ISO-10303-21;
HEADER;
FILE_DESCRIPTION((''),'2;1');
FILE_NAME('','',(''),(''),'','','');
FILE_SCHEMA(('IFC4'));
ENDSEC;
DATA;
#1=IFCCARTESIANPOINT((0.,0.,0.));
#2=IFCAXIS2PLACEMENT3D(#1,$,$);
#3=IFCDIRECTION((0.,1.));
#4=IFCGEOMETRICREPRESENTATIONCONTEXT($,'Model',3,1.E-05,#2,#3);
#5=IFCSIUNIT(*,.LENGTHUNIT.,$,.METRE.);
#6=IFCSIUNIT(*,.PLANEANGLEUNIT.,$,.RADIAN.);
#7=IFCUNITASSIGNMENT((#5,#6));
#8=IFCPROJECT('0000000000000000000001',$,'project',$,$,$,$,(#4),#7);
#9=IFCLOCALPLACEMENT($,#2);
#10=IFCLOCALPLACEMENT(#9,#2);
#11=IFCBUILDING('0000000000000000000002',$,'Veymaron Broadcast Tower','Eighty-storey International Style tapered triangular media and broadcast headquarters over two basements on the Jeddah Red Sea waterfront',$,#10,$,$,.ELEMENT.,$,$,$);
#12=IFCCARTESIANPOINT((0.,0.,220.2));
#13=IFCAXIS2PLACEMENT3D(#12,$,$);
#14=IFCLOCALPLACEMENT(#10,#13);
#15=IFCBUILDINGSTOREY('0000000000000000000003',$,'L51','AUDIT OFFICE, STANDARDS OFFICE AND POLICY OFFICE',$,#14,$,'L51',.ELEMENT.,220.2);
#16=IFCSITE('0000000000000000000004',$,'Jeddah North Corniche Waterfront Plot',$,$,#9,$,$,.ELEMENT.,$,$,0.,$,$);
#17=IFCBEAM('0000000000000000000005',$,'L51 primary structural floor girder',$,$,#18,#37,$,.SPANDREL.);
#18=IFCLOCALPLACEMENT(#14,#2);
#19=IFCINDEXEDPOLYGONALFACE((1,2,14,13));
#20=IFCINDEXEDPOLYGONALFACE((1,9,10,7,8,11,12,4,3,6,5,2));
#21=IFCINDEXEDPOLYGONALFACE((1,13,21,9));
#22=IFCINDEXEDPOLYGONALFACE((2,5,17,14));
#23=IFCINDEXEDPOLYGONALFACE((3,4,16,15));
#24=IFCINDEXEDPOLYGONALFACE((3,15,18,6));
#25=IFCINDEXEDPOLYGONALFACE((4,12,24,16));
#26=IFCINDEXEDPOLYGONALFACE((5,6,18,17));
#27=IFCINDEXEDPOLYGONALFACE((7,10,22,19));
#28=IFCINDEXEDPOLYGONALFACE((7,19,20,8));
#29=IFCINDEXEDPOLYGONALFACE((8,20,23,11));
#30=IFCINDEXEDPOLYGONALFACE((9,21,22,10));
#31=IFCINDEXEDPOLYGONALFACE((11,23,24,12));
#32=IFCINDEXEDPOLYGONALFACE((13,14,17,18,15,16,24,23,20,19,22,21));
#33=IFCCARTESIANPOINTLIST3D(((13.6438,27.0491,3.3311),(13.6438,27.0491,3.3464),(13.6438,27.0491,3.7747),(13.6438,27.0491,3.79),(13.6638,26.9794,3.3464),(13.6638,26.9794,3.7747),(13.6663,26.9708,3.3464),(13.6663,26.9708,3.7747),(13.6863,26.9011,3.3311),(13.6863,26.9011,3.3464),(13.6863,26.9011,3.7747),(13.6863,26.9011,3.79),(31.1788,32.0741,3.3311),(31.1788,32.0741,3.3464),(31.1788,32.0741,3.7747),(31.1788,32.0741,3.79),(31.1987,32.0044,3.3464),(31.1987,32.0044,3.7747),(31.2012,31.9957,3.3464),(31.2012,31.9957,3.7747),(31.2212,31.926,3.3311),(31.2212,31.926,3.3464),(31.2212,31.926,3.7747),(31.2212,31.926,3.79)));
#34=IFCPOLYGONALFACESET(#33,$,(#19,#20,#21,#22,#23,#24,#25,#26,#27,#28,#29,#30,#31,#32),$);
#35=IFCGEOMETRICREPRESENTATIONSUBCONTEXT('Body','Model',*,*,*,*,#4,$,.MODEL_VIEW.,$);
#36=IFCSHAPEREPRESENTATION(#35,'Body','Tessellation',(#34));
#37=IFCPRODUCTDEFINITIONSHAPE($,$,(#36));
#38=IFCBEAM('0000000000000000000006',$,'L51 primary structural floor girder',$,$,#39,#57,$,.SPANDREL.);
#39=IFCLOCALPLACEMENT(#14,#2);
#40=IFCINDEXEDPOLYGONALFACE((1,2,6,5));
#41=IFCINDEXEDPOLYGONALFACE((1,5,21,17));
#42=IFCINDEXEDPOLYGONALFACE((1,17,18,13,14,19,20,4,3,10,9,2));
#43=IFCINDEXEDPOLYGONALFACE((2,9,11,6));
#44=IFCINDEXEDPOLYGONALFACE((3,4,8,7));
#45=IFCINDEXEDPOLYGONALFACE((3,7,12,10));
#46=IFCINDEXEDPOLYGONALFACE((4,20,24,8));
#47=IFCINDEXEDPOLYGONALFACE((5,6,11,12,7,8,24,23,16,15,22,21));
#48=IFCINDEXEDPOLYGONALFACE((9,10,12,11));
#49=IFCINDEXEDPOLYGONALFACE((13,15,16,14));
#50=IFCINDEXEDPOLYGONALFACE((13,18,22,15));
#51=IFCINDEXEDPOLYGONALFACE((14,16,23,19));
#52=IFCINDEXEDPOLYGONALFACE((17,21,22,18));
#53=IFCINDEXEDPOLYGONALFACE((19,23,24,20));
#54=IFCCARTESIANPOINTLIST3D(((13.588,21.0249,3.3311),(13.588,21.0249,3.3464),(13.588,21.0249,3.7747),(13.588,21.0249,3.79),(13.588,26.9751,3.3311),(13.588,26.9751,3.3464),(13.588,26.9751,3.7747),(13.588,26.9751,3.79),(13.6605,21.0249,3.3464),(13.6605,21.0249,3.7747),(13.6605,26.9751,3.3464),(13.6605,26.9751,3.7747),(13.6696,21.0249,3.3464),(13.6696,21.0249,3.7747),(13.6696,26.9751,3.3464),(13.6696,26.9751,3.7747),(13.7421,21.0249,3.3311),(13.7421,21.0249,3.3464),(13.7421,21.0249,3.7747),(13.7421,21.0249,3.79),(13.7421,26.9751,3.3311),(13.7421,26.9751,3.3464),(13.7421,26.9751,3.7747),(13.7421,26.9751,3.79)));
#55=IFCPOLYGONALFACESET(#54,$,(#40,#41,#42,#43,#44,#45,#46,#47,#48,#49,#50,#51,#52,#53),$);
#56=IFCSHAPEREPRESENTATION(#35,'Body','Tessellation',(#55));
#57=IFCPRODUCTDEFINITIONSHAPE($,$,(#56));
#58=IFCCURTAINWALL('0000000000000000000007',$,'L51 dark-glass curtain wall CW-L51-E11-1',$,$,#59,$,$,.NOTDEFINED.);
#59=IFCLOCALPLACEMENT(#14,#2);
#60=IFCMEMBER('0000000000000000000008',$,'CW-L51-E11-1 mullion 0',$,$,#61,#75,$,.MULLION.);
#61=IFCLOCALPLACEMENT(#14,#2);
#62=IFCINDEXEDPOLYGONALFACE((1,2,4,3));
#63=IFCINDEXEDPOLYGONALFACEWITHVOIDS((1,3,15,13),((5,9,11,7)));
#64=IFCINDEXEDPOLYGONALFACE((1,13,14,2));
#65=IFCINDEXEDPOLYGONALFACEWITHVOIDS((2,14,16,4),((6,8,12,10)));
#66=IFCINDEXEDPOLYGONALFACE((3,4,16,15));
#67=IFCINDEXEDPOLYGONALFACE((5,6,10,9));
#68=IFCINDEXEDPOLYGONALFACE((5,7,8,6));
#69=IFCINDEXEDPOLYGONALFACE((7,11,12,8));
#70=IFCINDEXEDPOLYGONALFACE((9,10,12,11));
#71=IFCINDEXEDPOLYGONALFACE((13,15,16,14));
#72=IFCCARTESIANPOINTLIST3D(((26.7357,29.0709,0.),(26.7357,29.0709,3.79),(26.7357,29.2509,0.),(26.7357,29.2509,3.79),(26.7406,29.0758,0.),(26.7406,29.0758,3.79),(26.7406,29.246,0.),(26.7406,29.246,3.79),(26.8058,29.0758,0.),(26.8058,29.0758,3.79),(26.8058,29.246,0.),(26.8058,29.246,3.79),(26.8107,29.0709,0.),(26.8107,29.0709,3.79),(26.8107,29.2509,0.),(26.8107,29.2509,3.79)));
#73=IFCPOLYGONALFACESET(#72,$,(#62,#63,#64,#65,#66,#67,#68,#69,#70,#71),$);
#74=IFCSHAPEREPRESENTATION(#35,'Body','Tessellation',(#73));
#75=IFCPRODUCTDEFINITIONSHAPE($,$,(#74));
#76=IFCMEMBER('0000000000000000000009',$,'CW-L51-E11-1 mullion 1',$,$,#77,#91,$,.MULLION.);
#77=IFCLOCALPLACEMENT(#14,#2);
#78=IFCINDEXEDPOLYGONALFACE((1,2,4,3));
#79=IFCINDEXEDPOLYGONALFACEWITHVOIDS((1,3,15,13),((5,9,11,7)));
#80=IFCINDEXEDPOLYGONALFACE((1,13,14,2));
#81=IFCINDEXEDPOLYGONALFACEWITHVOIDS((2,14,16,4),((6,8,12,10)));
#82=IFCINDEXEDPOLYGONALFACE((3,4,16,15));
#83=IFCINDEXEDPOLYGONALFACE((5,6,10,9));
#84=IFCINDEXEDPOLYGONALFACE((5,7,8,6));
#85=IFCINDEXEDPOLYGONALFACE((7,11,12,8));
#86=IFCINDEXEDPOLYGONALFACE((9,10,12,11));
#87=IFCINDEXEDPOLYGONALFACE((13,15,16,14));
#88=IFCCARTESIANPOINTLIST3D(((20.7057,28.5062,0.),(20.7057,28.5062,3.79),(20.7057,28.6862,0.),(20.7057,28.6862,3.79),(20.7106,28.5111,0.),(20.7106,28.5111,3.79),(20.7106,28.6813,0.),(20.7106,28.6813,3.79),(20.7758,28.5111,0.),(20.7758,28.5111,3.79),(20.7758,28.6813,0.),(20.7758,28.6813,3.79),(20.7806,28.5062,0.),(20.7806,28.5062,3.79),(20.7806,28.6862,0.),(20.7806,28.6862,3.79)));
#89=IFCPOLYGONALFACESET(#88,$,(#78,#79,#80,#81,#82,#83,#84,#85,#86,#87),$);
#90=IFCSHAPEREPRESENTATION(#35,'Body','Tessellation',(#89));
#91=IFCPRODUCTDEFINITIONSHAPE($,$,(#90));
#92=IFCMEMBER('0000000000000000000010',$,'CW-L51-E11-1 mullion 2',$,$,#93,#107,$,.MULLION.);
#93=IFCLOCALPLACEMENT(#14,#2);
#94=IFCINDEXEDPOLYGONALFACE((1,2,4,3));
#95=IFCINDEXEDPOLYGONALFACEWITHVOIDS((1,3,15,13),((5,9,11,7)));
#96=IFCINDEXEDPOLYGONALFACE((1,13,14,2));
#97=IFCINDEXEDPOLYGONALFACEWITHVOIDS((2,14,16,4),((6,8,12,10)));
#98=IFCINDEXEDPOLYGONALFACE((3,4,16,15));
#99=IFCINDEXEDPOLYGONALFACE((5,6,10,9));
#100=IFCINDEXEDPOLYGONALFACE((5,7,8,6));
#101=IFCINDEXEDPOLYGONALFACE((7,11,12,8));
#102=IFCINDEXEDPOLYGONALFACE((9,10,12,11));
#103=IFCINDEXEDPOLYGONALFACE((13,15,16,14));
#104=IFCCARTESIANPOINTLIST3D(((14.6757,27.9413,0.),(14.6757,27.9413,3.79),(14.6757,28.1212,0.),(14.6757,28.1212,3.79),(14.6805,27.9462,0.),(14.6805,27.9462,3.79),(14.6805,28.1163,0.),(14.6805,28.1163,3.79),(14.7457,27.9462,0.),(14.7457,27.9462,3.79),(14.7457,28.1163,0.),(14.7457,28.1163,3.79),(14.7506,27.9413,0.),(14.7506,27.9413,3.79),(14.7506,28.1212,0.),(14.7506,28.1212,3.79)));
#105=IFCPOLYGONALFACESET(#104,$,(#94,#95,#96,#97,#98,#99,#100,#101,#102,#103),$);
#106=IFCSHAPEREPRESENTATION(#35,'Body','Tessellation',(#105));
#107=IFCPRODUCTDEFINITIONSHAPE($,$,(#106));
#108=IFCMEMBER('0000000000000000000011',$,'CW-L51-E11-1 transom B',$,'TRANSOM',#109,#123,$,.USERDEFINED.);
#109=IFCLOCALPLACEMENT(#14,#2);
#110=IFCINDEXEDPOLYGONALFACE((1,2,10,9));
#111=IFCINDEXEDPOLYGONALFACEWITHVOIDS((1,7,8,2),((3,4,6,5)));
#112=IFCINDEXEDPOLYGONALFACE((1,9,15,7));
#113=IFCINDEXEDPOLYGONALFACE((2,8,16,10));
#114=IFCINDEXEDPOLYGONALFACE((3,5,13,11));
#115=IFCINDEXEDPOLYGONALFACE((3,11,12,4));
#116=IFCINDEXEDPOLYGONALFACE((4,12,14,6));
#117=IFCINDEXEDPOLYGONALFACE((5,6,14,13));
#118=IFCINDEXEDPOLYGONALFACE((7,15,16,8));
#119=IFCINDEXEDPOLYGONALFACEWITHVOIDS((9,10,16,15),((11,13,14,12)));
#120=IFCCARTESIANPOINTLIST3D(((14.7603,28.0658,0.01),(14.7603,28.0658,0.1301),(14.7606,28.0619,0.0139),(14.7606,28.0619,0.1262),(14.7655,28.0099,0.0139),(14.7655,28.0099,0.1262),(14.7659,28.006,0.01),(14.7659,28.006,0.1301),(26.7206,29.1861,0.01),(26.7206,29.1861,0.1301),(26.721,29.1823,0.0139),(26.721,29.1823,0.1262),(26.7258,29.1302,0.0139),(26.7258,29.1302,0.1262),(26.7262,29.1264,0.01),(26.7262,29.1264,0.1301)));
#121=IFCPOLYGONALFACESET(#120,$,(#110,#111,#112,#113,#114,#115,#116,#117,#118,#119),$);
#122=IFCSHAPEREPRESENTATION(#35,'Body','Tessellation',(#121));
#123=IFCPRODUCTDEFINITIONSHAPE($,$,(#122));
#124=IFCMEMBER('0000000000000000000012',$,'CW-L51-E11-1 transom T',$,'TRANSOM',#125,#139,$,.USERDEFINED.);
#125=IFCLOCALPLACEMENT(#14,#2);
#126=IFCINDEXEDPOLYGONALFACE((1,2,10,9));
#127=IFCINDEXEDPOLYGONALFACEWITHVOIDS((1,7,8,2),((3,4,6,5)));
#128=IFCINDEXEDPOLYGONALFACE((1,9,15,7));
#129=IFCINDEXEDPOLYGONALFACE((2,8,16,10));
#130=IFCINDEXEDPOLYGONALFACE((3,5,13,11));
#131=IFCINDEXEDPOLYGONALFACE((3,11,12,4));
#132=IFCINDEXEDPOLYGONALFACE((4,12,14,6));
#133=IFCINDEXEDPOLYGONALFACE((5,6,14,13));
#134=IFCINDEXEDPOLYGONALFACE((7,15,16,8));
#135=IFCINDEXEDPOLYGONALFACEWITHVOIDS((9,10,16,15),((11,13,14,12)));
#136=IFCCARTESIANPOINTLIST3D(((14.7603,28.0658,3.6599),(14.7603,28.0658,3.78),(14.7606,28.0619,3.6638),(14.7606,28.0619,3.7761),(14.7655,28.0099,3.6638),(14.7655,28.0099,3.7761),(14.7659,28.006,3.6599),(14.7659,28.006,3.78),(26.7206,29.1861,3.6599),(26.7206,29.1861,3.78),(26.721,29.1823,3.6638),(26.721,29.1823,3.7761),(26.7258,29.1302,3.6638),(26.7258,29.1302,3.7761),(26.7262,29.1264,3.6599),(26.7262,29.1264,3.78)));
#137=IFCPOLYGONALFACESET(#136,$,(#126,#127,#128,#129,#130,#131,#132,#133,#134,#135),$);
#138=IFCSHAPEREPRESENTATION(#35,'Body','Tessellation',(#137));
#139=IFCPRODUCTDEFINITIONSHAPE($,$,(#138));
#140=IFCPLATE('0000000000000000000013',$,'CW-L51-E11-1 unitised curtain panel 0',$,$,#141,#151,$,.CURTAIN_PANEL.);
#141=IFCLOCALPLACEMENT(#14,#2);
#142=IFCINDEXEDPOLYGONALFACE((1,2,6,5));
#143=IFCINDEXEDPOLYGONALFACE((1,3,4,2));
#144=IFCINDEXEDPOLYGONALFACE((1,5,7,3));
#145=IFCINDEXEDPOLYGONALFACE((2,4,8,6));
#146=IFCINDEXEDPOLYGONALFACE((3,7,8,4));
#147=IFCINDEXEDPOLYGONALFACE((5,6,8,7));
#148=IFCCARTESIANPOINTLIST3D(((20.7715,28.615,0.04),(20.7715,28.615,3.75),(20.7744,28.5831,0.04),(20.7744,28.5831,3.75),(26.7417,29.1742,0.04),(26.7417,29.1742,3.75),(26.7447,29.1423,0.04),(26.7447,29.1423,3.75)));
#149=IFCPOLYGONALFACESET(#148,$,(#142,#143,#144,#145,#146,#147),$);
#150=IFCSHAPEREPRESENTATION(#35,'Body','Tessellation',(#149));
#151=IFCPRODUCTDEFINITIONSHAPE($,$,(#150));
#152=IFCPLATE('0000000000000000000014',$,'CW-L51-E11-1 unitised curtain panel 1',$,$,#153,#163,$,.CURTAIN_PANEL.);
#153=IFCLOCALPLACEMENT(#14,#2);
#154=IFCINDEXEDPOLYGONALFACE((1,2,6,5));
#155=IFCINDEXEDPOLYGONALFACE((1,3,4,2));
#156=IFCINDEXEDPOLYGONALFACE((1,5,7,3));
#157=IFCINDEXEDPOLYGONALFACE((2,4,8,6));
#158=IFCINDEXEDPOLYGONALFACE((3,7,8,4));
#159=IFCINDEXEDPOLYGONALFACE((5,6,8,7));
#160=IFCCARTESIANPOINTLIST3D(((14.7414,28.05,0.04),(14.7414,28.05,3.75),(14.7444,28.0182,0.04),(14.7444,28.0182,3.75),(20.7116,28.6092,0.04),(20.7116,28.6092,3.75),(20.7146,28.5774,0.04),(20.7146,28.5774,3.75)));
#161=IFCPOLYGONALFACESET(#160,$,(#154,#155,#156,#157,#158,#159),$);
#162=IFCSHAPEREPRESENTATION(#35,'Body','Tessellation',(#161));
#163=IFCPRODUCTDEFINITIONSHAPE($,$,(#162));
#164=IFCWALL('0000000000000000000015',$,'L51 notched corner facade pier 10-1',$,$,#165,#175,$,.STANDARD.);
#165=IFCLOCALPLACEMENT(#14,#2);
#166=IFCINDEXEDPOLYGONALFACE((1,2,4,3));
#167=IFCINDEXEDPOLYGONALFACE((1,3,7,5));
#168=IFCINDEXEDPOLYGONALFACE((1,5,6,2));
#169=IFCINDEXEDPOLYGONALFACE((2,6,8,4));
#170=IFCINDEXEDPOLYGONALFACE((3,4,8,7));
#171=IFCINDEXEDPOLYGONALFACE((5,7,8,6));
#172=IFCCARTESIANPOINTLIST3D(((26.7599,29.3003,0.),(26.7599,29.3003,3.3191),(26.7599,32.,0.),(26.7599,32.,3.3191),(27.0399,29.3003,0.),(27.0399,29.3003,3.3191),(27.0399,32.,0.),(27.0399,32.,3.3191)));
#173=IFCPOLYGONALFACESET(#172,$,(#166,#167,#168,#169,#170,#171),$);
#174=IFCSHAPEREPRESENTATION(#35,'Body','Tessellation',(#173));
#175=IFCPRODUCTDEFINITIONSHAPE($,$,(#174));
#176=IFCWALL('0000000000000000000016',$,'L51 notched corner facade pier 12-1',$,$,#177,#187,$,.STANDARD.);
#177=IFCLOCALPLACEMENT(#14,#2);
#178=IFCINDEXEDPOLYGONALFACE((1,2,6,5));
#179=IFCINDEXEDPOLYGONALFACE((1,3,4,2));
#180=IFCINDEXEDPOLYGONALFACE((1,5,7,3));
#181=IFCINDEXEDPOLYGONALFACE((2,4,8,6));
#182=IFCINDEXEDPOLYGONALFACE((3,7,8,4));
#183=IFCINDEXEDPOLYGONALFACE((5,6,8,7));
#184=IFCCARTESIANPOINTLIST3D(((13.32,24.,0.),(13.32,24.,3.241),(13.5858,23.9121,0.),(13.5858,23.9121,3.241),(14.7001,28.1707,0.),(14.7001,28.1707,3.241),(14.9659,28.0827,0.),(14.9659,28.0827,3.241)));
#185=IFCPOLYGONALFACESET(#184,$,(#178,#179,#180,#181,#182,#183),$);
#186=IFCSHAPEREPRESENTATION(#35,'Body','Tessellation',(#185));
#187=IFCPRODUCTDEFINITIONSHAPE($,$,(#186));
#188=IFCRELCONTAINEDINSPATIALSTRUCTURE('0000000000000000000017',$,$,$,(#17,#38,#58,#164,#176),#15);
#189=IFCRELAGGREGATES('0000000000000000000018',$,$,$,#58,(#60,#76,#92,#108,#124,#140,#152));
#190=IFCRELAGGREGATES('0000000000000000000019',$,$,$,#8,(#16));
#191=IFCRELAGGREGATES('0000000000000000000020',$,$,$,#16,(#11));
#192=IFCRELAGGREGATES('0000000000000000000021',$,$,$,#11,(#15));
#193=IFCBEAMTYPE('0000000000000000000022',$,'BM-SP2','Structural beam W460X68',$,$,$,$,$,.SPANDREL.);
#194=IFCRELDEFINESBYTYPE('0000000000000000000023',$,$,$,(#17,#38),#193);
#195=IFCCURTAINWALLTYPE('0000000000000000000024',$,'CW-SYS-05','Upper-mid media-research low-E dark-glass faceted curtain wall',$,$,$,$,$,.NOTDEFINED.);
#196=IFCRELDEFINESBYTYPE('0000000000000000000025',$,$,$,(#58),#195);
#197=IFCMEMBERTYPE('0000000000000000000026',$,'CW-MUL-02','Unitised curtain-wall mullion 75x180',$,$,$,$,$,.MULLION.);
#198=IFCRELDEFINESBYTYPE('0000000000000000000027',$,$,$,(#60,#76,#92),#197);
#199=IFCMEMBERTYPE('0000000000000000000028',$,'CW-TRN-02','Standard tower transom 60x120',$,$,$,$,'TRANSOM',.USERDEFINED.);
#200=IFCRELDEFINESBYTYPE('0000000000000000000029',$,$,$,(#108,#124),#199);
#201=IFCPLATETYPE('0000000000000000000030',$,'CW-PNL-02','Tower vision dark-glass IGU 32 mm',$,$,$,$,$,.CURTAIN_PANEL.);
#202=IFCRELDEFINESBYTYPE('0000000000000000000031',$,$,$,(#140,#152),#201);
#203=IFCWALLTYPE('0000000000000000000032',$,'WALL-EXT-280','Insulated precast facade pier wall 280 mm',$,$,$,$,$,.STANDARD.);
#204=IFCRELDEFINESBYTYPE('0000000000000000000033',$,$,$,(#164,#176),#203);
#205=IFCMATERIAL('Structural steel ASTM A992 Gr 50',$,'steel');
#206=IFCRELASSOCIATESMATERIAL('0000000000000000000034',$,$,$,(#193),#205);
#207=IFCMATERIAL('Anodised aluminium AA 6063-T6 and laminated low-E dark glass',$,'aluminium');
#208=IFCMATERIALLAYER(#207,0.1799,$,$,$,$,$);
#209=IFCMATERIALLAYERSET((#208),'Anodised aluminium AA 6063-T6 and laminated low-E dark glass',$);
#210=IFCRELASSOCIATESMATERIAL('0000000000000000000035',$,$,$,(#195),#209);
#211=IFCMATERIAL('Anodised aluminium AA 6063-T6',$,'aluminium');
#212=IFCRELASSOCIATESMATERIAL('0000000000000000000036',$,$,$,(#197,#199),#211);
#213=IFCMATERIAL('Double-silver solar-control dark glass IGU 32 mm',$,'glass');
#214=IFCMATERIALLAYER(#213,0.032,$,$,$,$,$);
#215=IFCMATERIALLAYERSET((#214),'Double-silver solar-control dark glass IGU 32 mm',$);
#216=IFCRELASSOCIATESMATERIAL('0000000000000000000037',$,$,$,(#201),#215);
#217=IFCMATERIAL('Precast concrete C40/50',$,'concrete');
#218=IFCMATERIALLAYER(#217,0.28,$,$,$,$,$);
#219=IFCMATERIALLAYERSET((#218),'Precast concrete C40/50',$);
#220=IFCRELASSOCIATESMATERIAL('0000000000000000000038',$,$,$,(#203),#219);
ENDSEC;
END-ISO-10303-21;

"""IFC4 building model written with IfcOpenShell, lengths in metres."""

from ifc_helpers import new_model, si_unit, direction, frame, frame_2d, origin, origin_2d, place, context, subcontext, project, spatial, rectangle, hollow_rectangle, i_section, extrude, material, layer, layer_set, material_profile, profile_set, type_object, element, aggregate, save


model = new_model("IFC4")

# Units and contexts
model_context = context("Model", 3, precision=1e-05, world=origin(), true_north=direction((0.0, 1.0)))
body_context = subcontext(model_context, "Body", "Model", "MODEL_VIEW")
ifc_project = project(units=[si_unit("LENGTHUNIT", "METRE"), si_unit("PLANEANGLEUNIT", "RADIAN")], contexts=[model_context])

# Site, building, storey
site_placement = place(None, origin())
site = spatial("IfcSite", under=ifc_project, at=site_placement, Name="Jeddah North Corniche Waterfront Plot", CompositionType="ELEMENT", RefElevation=0.0)
building_placement = place(site_placement, origin())
building = spatial("IfcBuilding", under=site, at=building_placement, Name="Veymaron Broadcast Tower", Description="Eighty-storey International Style tapered triangular media and broadcast headquarters over two basements on the Jeddah Red Sea waterfront", CompositionType="ELEMENT")
storey_placement = place(building_placement, frame((0.0, 0.0, 220.2)))
storey = spatial("IfcBuildingStorey", under=building, at=storey_placement, Name="L51", Description="AUDIT OFFICE, STANDARDS OFFICE AND POLICY OFFICE", LongName="L51", CompositionType="ELEMENT", Elevation=220.2)

# Beams
ifc_material_1 = material(Name="Structural steel ASTM A992 Gr 50", Category="steel")
ifc_material_profile_1 = material_profile(ifc_material_1, i_section(OverallWidth=0.1541, OverallDepth=0.459, WebThickness=0.009, FlangeThickness=0.0154, at=origin_2d()), Name="W460X68")
ifc_profile_set_1 = profile_set([ifc_material_profile_1], Name="Structural steel ASTM A992 Gr 50")
beam_type_1 = type_object("IfcBeamType", Name="BM-SP2", Description="Structural beam W460X68", PredefinedType="SPANDREL", material=ifc_profile_set_1)
for number, where, z_axis, x_axis, name in (
    (1, (13.665, 26.9751, 3.5605), (0.961307, 0.275478, 0.0), (-0.275478, 0.961307, 0.0), "L51 primary structural floor girder"),
):
    element("IfcBeam", number, at=place(storey_placement, frame(where, z_axis=z_axis, x_axis=x_axis)), inside=storey, type_object=beam_type_1, Name=name, PredefinedType="SPANDREL", context=body_context, shape_type="SweptSolid", body=[
        extrude(i_section(OverallWidth=0.1541, OverallDepth=0.459, WebThickness=0.009, FlangeThickness=0.0154, at=origin_2d()), origin(), (0.0, 0.0, 1.0), 18.2407),
    ])
beam_1_placement = place(storey_placement, frame((13.665, 21.0249, 3.5605), z_axis=(0.0, 1.0, 0.0), x_axis=(-1.0, 0.0, 0.0)))
element("IfcBeam", 2, at=beam_1_placement, inside=storey, type_object=beam_type_1, Name="L51 primary structural floor girder", PredefinedType="SPANDREL", context=body_context, shape_type="SweptSolid", body=[
    extrude(i_section(OverallWidth=0.1541, OverallDepth=0.459, WebThickness=0.009, FlangeThickness=0.0154, at=origin_2d()), origin(), (0.0, 0.0, 1.0), 5.9502),
])

# Curtain wall, members, plates
ifc_material_2 = material(Name="Anodised aluminium AA 6063-T6 and laminated low-E dark glass", Category="aluminium")
ifc_layer_1 = layer(ifc_material_2, 0.1799)
ifc_layer_set_1 = layer_set([ifc_layer_1], Name="Anodised aluminium AA 6063-T6 and laminated low-E dark glass")
curtain_wall_type = type_object("IfcCurtainWallType", Name="CW-SYS-05", Description="Upper-mid media-research low-E dark-glass faceted curtain wall", PredefinedType="NOTDEFINED", material=ifc_layer_set_1)
curtain_wall_placement = place(storey_placement, origin())
curtain_wall = element("IfcCurtainWall", 3, at=curtain_wall_placement, inside=storey, type_object=curtain_wall_type, Name="L51 dark-glass curtain wall CW-L51-E11-1", PredefinedType="NOTDEFINED")
ifc_material_3 = material(Name="Anodised aluminium AA 6063-T6", Category="aluminium")
ifc_material_profile_2 = material_profile(ifc_material_3, hollow_rectangle(XDim=0.075, YDim=0.1799, WallThickness=0.0049, at=origin_2d()), Name="AL180X75X5")
ifc_profile_set_2 = profile_set([ifc_material_profile_2], Name="Anodised aluminium AA 6063-T6")
member_type_1 = type_object("IfcMemberType", Name="CW-MUL-02", Description="Unitised curtain-wall mullion 75x180", PredefinedType="MULLION", material=ifc_profile_set_2)
member_1_placement = place(storey_placement, frame((26.7732, 29.1609, 0.0), z_axis=(0.0, 0.0, 1.0), x_axis=(1.0, 0.0, 0.0)))
member_1 = element("IfcMember", 4, at=member_1_placement, type_object=member_type_1, Name="CW-L51-E11-1 mullion 0", PredefinedType="MULLION", context=body_context, shape_type="SweptSolid", body=[
    extrude(hollow_rectangle(XDim=0.075, YDim=0.1799, WallThickness=0.0049, at=origin_2d()), origin(), (0.0, 0.0, 1.0), 3.79),
])
member_2_placement = place(storey_placement, frame((20.7432, 28.5962, 0.0), z_axis=(0.0, 0.0, 1.0), x_axis=(1.0, 0.0, 0.0)))
member_2 = element("IfcMember", 5, at=member_2_placement, type_object=member_type_1, Name="CW-L51-E11-1 mullion 1", PredefinedType="MULLION", context=body_context, shape_type="SweptSolid", body=[
    extrude(hollow_rectangle(XDim=0.075, YDim=0.1799, WallThickness=0.0049, at=origin_2d()), origin(), (0.0, 0.0, 1.0), 3.79),
])
member_3_placement = place(storey_placement, frame((14.7131, 28.0312, 0.0), z_axis=(0.0, 0.0, 1.0), x_axis=(1.0, 0.0, 0.0)))
member_3 = element("IfcMember", 6, at=member_3_placement, type_object=member_type_1, Name="CW-L51-E11-1 mullion 2", PredefinedType="MULLION", context=body_context, shape_type="SweptSolid", body=[
    extrude(hollow_rectangle(XDim=0.075, YDim=0.1799, WallThickness=0.0049, at=origin_2d()), origin(), (0.0, 0.0, 1.0), 3.79),
])
ifc_material_profile_3 = material_profile(ifc_material_3, hollow_rectangle(XDim=0.0601, YDim=0.1201, WallThickness=0.0039, at=origin_2d()), Name="AL120X60X4")
ifc_profile_set_3 = profile_set([ifc_material_profile_3], Name="Anodised aluminium AA 6063-T6")
member_type_2 = type_object("IfcMemberType", Name="CW-TRN-02", Description="Standard tower transom 60x120", ElementType="TRANSOM", PredefinedType="USERDEFINED", material=ifc_profile_set_3)
member_4_placement = place(storey_placement, frame((26.7234, 29.1562, 0.0701), z_axis=(-0.995641, -0.093264, 0.0), x_axis=(0.093264, -0.995641, 0.0)))
member_4 = element("IfcMember", 7, at=member_4_placement, type_object=member_type_2, Name="CW-L51-E11-1 transom B", ObjectType="TRANSOM", PredefinedType="USERDEFINED", context=body_context, shape_type="SweptSolid", body=[
    extrude(hollow_rectangle(XDim=0.0601, YDim=0.1201, WallThickness=0.0039, at=origin_2d()), origin(), (0.0, 0.0, 1.0), 12.0127),
])
member_5_placement = place(storey_placement, frame((26.7234, 29.1562, 3.72), z_axis=(-0.995641, -0.093264, 0.0), x_axis=(0.093264, -0.995641, 0.0)))
member_5 = element("IfcMember", 8, at=member_5_placement, type_object=member_type_2, Name="CW-L51-E11-1 transom T", ObjectType="TRANSOM", PredefinedType="USERDEFINED", context=body_context, shape_type="SweptSolid", body=[
    extrude(hollow_rectangle(XDim=0.0601, YDim=0.1201, WallThickness=0.0039, at=origin_2d()), origin(), (0.0, 0.0, 1.0), 12.0127),
])
ifc_material_4 = material(Name="Double-silver solar-control dark glass IGU 32 mm", Category="glass")
ifc_layer_2 = layer(ifc_material_4, 0.032)
ifc_layer_set_2 = layer_set([ifc_layer_2], Name="Double-silver solar-control dark glass IGU 32 mm")
plate_type = type_object("IfcPlateType", Name="CW-PNL-02", Description="Tower vision dark-glass IGU 32 mm", PredefinedType="CURTAIN_PANEL", material=ifc_layer_set_2)
plate_1_placement = place(storey_placement, frame((23.7581, 28.8787, 0.04), z_axis=(0.0, 0.0, 1.0), x_axis=(-0.995642, -0.093257, 0.0)))
plate_1 = element("IfcPlate", 9, at=plate_1_placement, type_object=plate_type, Name="CW-L51-E11-1 unitised curtain panel 0", PredefinedType="CURTAIN_PANEL", context=body_context, shape_type="SweptSolid", body=[
    extrude(rectangle(XDim=5.9963, YDim=0.032, at=origin_2d()), origin(), (0.0, 0.0, 1.0), 3.71),
])
plate_2_placement = place(storey_placement, frame((17.728, 28.3137, 0.04), z_axis=(0.0, 0.0, 1.0), x_axis=(-0.995642, -0.093257, 0.0)))
plate_2 = element("IfcPlate", 10, at=plate_2_placement, type_object=plate_type, Name="CW-L51-E11-1 unitised curtain panel 1", PredefinedType="CURTAIN_PANEL", context=body_context, shape_type="SweptSolid", body=[
    extrude(rectangle(XDim=5.9963, YDim=0.032, at=origin_2d()), origin(), (0.0, 0.0, 1.0), 3.71),
])
aggregate(curtain_wall, [member_1, member_2, member_3, member_4, member_5, plate_1, plate_2])

# Walls
ifc_material_5 = material(Name="Precast concrete C40/50", Category="concrete")
ifc_layer_3 = layer(ifc_material_5, 0.28)
ifc_layer_set_3 = layer_set([ifc_layer_3], Name="Precast concrete C40/50")
wall_type_1 = type_object("IfcWallType", Name="WALL-EXT-280", Description="Insulated precast facade pier wall 280 mm", PredefinedType="STANDARD", material=ifc_layer_set_3)
wall_1_placement = place(storey_placement, frame((26.8999, 32.0, 0.0), z_axis=(0.0, 0.0, 1.0), x_axis=(0.0, -1.0, 0.0)))
element("IfcWall", 11, at=wall_1_placement, inside=storey, type_object=wall_type_1, Name="L51 notched corner facade pier 10-1", PredefinedType="STANDARD", context=body_context, shape_type="SweptSolid", body=[
    extrude(rectangle(XDim=2.6997, YDim=0.28, at=frame_2d((1.3499, 0.0))), origin(), (0.0, 0.0, 1.0), 3.3191),
])
for number, where, z_axis, x_axis, name in (
    (12, (14.833, 28.1267, 0.0), (0.0, 0.0, 1.0), (-0.31416, -0.94937, 0.0), "L51 notched corner facade pier 12-1"),
):
    element("IfcWall", number, at=place(storey_placement, frame(where, z_axis=z_axis, x_axis=x_axis)), inside=storey, type_object=wall_type_1, Name=name, PredefinedType="STANDARD", context=body_context, shape_type="SweptSolid", body=[
        extrude(rectangle(XDim=4.3931, YDim=0.28, at=frame_2d((2.1965, 0.0))), origin(), (0.0, 0.0, 1.0), 3.241),
    ])

save(model, "model.ifc")
